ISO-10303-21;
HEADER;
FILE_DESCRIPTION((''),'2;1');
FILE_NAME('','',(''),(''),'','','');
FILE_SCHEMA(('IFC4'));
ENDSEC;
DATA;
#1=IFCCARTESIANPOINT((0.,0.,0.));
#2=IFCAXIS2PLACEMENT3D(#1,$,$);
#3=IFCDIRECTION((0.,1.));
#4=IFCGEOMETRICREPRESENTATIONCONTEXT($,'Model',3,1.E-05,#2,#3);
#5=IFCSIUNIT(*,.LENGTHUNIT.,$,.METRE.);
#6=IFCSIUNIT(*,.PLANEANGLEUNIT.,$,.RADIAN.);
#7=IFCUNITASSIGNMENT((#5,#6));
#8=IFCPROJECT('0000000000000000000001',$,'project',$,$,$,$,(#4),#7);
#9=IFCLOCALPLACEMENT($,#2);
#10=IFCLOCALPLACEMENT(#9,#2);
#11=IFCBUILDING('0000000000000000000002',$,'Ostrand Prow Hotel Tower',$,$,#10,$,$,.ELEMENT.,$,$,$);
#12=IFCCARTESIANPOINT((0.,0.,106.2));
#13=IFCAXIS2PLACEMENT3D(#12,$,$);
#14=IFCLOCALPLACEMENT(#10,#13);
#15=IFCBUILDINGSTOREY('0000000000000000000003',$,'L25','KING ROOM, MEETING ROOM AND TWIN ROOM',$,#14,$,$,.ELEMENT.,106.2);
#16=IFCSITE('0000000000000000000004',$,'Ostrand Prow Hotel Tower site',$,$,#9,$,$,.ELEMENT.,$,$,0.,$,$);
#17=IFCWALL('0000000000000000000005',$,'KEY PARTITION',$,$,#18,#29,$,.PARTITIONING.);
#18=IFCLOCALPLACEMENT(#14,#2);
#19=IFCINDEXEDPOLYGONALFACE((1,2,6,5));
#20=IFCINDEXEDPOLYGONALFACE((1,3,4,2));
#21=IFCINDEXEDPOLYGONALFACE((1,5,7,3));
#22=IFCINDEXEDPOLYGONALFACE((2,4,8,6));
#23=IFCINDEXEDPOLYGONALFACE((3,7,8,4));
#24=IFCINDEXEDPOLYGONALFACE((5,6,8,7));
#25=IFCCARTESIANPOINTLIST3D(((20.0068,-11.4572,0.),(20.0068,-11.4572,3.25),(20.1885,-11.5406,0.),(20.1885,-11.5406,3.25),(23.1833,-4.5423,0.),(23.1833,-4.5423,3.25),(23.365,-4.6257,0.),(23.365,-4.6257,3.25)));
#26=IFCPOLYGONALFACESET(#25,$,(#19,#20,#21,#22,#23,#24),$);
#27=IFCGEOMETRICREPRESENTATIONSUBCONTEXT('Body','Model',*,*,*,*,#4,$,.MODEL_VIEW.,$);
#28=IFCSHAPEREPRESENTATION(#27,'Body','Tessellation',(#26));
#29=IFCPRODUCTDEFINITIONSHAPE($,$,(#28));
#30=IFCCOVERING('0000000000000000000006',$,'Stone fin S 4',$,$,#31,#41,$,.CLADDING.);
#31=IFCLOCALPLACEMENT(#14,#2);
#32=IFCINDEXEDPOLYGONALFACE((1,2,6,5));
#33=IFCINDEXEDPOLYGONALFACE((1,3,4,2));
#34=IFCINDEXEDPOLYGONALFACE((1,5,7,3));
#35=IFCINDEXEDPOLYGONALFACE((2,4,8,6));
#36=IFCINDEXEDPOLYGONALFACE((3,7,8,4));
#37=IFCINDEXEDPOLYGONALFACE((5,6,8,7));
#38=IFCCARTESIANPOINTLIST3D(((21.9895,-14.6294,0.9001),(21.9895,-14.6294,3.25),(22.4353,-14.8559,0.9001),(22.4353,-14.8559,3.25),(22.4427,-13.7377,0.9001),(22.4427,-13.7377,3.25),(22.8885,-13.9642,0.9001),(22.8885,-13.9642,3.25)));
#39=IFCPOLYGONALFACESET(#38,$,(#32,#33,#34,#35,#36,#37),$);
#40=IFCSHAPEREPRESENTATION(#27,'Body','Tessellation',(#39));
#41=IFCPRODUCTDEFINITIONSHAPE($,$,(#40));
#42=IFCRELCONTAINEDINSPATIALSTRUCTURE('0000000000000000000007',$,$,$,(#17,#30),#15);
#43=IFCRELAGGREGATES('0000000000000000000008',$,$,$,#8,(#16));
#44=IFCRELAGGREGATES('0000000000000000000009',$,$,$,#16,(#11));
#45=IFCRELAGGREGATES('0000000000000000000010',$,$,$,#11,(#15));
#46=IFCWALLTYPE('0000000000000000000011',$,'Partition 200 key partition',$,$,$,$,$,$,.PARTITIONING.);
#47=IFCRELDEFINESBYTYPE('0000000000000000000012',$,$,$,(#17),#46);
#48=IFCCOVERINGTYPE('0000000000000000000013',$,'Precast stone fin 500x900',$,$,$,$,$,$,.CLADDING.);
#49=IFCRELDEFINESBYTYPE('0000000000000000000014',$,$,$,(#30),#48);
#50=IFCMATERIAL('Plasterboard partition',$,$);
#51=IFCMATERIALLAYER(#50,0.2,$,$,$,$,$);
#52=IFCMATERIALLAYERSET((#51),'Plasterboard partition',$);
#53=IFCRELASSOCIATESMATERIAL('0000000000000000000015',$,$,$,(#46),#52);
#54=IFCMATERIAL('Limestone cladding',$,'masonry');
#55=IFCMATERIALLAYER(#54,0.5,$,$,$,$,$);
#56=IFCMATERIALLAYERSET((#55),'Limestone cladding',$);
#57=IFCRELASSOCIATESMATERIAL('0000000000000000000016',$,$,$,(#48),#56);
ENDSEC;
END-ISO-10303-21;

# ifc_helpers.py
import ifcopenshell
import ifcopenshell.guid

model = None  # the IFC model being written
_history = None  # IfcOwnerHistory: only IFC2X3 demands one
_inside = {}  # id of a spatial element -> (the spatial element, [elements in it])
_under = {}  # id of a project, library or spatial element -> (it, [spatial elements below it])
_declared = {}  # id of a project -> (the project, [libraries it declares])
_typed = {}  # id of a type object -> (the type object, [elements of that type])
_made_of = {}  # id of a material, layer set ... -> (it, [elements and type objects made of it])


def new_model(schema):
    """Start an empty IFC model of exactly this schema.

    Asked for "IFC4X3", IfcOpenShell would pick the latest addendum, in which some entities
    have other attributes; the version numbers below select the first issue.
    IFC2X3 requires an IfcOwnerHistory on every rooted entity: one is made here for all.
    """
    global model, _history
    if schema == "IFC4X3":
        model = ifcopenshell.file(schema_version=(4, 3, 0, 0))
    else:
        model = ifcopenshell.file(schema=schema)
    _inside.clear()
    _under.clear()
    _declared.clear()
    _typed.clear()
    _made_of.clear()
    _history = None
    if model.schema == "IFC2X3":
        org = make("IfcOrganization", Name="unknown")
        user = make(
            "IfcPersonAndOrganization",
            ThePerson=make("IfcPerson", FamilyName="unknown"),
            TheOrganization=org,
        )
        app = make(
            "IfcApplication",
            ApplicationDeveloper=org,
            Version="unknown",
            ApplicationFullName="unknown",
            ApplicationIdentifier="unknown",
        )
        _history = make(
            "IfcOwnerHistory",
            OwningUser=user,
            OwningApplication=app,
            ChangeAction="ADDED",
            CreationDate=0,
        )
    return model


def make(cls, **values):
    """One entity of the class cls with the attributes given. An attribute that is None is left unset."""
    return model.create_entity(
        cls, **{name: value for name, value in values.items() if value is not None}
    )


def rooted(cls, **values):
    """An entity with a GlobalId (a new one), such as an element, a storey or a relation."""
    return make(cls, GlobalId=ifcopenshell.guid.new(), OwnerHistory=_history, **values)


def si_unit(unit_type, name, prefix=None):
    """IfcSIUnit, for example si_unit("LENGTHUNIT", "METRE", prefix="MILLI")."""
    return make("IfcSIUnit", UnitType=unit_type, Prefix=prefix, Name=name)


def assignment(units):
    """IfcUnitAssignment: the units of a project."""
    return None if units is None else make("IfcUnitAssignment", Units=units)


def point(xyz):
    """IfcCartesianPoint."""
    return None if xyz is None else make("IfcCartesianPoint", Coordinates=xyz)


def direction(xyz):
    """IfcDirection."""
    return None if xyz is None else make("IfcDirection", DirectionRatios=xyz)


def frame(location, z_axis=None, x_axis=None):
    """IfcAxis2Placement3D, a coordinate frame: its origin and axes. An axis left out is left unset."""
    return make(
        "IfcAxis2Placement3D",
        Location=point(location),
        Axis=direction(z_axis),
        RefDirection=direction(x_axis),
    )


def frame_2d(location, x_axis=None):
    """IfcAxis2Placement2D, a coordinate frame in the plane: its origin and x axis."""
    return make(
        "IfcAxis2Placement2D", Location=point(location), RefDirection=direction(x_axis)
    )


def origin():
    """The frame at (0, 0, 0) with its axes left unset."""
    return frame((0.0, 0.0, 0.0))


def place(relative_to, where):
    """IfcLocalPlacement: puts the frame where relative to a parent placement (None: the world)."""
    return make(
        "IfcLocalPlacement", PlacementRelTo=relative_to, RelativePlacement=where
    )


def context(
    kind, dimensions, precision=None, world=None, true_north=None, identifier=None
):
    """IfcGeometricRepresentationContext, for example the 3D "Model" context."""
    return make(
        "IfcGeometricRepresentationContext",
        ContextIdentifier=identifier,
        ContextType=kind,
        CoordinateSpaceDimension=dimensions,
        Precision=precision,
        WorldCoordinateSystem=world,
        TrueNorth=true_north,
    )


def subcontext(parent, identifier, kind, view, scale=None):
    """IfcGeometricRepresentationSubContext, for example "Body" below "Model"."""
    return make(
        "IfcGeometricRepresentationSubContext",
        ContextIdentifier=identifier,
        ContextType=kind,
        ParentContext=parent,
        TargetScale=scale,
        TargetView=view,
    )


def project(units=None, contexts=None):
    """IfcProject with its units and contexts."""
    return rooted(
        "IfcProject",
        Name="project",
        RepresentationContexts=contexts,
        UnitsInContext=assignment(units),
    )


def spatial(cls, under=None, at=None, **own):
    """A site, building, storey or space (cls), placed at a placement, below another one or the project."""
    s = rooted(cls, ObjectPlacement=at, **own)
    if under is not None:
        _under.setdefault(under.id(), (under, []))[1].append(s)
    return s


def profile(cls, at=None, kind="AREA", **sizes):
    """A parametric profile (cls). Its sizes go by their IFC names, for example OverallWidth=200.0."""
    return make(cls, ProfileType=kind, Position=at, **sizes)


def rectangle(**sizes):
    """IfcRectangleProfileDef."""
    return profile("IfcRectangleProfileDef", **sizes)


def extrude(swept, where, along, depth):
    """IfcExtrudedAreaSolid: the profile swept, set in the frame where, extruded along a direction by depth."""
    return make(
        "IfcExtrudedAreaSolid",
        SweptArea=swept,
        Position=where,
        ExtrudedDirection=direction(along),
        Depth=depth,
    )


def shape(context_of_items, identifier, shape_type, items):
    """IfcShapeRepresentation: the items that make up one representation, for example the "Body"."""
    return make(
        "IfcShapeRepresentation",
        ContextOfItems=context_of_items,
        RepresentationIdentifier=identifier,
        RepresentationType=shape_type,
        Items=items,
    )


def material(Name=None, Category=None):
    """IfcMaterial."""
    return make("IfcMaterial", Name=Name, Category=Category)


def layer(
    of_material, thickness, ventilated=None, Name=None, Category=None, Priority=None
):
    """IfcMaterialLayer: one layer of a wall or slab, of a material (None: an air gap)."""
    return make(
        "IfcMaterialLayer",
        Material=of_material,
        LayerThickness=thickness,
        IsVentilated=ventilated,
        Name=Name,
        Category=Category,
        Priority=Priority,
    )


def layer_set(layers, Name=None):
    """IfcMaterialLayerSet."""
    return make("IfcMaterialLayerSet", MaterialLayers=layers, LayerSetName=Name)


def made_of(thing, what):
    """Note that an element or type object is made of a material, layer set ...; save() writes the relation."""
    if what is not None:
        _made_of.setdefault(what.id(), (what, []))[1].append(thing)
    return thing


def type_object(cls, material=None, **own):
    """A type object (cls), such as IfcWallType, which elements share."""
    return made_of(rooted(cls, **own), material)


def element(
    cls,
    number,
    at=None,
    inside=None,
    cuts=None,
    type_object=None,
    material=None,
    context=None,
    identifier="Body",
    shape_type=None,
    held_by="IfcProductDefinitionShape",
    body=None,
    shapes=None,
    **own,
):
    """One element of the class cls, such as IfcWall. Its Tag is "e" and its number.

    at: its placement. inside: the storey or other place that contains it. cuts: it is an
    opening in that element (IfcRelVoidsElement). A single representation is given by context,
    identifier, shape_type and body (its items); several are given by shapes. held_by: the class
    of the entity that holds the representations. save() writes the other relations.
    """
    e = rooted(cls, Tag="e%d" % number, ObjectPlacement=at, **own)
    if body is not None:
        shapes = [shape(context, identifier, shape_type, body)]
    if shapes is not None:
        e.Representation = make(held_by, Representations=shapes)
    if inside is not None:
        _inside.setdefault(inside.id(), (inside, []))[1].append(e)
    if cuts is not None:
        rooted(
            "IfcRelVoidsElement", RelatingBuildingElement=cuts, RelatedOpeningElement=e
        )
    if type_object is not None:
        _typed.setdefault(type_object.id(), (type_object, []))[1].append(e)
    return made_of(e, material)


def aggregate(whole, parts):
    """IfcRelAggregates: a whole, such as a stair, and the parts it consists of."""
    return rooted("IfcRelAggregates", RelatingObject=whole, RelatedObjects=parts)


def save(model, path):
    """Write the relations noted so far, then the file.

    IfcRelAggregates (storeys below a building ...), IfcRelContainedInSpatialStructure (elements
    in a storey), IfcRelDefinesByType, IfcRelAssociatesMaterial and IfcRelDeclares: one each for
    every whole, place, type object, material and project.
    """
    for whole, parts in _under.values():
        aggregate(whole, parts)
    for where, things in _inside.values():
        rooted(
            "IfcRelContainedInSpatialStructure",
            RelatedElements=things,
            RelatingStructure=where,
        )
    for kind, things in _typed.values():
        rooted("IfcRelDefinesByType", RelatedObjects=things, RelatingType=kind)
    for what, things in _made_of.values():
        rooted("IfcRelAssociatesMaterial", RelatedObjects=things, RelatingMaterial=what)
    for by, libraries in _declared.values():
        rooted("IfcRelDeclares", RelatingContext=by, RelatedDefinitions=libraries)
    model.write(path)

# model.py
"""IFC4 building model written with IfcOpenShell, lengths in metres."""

from ifc_helpers import new_model, si_unit, direction, frame, frame_2d, origin, place, context, subcontext, project, spatial, rectangle, extrude, material, layer, layer_set, type_object, element, save


model = new_model("IFC4")

# Units and contexts
model_context = context("Model", 3, precision=1e-05, world=origin(), true_north=direction((0.0, 1.0)))
body_context = subcontext(model_context, "Body", "Model", "MODEL_VIEW")
ifc_project = project(units=[si_unit("LENGTHUNIT", "METRE"), si_unit("PLANEANGLEUNIT", "RADIAN")], contexts=[model_context])

# Site, building, storey
site_placement = place(None, origin())
site = spatial("IfcSite", under=ifc_project, at=site_placement, Name="Ostrand Prow Hotel Tower site", CompositionType="ELEMENT", RefElevation=0.0)
building_placement = place(site_placement, origin())
building = spatial("IfcBuilding", under=site, at=building_placement, Name="Ostrand Prow Hotel Tower", CompositionType="ELEMENT")
storey_placement = place(building_placement, frame((0.0, 0.0, 106.2)))
storey = spatial("IfcBuildingStorey", under=building, at=storey_placement, Name="L25", Description="KING ROOM, MEETING ROOM AND TWIN ROOM", CompositionType="ELEMENT", Elevation=106.2)

# Wall
ifc_material_1 = material(Name="Plasterboard partition")
ifc_layer_1 = layer(ifc_material_1, 0.2)
ifc_layer_set_1 = layer_set([ifc_layer_1], Name="Plasterboard partition")
wall_type_1 = type_object("IfcWallType", Name="Partition 200 key partition", PredefinedType="PARTITIONING", material=ifc_layer_set_1)
wall_1_placement = place(storey_placement, frame((20.0977, -11.4988, 0.0), z_axis=(0.0, 0.0, 1.0), x_axis=(0.41744, 0.908704, 0.0)))
element("IfcWall", 1, at=wall_1_placement, inside=storey, type_object=wall_type_1, Name="KEY PARTITION", PredefinedType="PARTITIONING", context=body_context, shape_type="SweptSolid", body=[
    extrude(rectangle(XDim=7.6096, YDim=0.2, at=frame_2d((3.8047, 0.0))), origin(), (0.0, 0.0, 1.0), 3.25),
])

# Covering
ifc_material_2 = material(Name="Limestone cladding", Category="masonry")
ifc_layer_2 = layer(ifc_material_2, 0.5)
ifc_layer_set_2 = layer_set([ifc_layer_2], Name="Limestone cladding")
covering_type = type_object("IfcCoveringType", Name="Precast stone fin 500x900", PredefinedType="CLADDING", material=ifc_layer_set_2)
covering_placement = place(storey_placement, frame((22.6655, -13.8511, 0.9001), z_axis=(0.0, 0.0, 1.0), x_axis=(-0.453063, -0.891479, 0.0)))
element("IfcCovering", 2, at=covering_placement, inside=storey, type_object=covering_type, Name="Stone fin S 4", PredefinedType="CLADDING", context=body_context, shape_type="SweptSolid", body=[
    extrude(rectangle(XDim=1.0002, YDim=0.5, at=frame_2d((0.5, 0.0))), origin(), (0.0, 0.0, 1.0), 2.3499),
])

save(model, "model.ifc")
